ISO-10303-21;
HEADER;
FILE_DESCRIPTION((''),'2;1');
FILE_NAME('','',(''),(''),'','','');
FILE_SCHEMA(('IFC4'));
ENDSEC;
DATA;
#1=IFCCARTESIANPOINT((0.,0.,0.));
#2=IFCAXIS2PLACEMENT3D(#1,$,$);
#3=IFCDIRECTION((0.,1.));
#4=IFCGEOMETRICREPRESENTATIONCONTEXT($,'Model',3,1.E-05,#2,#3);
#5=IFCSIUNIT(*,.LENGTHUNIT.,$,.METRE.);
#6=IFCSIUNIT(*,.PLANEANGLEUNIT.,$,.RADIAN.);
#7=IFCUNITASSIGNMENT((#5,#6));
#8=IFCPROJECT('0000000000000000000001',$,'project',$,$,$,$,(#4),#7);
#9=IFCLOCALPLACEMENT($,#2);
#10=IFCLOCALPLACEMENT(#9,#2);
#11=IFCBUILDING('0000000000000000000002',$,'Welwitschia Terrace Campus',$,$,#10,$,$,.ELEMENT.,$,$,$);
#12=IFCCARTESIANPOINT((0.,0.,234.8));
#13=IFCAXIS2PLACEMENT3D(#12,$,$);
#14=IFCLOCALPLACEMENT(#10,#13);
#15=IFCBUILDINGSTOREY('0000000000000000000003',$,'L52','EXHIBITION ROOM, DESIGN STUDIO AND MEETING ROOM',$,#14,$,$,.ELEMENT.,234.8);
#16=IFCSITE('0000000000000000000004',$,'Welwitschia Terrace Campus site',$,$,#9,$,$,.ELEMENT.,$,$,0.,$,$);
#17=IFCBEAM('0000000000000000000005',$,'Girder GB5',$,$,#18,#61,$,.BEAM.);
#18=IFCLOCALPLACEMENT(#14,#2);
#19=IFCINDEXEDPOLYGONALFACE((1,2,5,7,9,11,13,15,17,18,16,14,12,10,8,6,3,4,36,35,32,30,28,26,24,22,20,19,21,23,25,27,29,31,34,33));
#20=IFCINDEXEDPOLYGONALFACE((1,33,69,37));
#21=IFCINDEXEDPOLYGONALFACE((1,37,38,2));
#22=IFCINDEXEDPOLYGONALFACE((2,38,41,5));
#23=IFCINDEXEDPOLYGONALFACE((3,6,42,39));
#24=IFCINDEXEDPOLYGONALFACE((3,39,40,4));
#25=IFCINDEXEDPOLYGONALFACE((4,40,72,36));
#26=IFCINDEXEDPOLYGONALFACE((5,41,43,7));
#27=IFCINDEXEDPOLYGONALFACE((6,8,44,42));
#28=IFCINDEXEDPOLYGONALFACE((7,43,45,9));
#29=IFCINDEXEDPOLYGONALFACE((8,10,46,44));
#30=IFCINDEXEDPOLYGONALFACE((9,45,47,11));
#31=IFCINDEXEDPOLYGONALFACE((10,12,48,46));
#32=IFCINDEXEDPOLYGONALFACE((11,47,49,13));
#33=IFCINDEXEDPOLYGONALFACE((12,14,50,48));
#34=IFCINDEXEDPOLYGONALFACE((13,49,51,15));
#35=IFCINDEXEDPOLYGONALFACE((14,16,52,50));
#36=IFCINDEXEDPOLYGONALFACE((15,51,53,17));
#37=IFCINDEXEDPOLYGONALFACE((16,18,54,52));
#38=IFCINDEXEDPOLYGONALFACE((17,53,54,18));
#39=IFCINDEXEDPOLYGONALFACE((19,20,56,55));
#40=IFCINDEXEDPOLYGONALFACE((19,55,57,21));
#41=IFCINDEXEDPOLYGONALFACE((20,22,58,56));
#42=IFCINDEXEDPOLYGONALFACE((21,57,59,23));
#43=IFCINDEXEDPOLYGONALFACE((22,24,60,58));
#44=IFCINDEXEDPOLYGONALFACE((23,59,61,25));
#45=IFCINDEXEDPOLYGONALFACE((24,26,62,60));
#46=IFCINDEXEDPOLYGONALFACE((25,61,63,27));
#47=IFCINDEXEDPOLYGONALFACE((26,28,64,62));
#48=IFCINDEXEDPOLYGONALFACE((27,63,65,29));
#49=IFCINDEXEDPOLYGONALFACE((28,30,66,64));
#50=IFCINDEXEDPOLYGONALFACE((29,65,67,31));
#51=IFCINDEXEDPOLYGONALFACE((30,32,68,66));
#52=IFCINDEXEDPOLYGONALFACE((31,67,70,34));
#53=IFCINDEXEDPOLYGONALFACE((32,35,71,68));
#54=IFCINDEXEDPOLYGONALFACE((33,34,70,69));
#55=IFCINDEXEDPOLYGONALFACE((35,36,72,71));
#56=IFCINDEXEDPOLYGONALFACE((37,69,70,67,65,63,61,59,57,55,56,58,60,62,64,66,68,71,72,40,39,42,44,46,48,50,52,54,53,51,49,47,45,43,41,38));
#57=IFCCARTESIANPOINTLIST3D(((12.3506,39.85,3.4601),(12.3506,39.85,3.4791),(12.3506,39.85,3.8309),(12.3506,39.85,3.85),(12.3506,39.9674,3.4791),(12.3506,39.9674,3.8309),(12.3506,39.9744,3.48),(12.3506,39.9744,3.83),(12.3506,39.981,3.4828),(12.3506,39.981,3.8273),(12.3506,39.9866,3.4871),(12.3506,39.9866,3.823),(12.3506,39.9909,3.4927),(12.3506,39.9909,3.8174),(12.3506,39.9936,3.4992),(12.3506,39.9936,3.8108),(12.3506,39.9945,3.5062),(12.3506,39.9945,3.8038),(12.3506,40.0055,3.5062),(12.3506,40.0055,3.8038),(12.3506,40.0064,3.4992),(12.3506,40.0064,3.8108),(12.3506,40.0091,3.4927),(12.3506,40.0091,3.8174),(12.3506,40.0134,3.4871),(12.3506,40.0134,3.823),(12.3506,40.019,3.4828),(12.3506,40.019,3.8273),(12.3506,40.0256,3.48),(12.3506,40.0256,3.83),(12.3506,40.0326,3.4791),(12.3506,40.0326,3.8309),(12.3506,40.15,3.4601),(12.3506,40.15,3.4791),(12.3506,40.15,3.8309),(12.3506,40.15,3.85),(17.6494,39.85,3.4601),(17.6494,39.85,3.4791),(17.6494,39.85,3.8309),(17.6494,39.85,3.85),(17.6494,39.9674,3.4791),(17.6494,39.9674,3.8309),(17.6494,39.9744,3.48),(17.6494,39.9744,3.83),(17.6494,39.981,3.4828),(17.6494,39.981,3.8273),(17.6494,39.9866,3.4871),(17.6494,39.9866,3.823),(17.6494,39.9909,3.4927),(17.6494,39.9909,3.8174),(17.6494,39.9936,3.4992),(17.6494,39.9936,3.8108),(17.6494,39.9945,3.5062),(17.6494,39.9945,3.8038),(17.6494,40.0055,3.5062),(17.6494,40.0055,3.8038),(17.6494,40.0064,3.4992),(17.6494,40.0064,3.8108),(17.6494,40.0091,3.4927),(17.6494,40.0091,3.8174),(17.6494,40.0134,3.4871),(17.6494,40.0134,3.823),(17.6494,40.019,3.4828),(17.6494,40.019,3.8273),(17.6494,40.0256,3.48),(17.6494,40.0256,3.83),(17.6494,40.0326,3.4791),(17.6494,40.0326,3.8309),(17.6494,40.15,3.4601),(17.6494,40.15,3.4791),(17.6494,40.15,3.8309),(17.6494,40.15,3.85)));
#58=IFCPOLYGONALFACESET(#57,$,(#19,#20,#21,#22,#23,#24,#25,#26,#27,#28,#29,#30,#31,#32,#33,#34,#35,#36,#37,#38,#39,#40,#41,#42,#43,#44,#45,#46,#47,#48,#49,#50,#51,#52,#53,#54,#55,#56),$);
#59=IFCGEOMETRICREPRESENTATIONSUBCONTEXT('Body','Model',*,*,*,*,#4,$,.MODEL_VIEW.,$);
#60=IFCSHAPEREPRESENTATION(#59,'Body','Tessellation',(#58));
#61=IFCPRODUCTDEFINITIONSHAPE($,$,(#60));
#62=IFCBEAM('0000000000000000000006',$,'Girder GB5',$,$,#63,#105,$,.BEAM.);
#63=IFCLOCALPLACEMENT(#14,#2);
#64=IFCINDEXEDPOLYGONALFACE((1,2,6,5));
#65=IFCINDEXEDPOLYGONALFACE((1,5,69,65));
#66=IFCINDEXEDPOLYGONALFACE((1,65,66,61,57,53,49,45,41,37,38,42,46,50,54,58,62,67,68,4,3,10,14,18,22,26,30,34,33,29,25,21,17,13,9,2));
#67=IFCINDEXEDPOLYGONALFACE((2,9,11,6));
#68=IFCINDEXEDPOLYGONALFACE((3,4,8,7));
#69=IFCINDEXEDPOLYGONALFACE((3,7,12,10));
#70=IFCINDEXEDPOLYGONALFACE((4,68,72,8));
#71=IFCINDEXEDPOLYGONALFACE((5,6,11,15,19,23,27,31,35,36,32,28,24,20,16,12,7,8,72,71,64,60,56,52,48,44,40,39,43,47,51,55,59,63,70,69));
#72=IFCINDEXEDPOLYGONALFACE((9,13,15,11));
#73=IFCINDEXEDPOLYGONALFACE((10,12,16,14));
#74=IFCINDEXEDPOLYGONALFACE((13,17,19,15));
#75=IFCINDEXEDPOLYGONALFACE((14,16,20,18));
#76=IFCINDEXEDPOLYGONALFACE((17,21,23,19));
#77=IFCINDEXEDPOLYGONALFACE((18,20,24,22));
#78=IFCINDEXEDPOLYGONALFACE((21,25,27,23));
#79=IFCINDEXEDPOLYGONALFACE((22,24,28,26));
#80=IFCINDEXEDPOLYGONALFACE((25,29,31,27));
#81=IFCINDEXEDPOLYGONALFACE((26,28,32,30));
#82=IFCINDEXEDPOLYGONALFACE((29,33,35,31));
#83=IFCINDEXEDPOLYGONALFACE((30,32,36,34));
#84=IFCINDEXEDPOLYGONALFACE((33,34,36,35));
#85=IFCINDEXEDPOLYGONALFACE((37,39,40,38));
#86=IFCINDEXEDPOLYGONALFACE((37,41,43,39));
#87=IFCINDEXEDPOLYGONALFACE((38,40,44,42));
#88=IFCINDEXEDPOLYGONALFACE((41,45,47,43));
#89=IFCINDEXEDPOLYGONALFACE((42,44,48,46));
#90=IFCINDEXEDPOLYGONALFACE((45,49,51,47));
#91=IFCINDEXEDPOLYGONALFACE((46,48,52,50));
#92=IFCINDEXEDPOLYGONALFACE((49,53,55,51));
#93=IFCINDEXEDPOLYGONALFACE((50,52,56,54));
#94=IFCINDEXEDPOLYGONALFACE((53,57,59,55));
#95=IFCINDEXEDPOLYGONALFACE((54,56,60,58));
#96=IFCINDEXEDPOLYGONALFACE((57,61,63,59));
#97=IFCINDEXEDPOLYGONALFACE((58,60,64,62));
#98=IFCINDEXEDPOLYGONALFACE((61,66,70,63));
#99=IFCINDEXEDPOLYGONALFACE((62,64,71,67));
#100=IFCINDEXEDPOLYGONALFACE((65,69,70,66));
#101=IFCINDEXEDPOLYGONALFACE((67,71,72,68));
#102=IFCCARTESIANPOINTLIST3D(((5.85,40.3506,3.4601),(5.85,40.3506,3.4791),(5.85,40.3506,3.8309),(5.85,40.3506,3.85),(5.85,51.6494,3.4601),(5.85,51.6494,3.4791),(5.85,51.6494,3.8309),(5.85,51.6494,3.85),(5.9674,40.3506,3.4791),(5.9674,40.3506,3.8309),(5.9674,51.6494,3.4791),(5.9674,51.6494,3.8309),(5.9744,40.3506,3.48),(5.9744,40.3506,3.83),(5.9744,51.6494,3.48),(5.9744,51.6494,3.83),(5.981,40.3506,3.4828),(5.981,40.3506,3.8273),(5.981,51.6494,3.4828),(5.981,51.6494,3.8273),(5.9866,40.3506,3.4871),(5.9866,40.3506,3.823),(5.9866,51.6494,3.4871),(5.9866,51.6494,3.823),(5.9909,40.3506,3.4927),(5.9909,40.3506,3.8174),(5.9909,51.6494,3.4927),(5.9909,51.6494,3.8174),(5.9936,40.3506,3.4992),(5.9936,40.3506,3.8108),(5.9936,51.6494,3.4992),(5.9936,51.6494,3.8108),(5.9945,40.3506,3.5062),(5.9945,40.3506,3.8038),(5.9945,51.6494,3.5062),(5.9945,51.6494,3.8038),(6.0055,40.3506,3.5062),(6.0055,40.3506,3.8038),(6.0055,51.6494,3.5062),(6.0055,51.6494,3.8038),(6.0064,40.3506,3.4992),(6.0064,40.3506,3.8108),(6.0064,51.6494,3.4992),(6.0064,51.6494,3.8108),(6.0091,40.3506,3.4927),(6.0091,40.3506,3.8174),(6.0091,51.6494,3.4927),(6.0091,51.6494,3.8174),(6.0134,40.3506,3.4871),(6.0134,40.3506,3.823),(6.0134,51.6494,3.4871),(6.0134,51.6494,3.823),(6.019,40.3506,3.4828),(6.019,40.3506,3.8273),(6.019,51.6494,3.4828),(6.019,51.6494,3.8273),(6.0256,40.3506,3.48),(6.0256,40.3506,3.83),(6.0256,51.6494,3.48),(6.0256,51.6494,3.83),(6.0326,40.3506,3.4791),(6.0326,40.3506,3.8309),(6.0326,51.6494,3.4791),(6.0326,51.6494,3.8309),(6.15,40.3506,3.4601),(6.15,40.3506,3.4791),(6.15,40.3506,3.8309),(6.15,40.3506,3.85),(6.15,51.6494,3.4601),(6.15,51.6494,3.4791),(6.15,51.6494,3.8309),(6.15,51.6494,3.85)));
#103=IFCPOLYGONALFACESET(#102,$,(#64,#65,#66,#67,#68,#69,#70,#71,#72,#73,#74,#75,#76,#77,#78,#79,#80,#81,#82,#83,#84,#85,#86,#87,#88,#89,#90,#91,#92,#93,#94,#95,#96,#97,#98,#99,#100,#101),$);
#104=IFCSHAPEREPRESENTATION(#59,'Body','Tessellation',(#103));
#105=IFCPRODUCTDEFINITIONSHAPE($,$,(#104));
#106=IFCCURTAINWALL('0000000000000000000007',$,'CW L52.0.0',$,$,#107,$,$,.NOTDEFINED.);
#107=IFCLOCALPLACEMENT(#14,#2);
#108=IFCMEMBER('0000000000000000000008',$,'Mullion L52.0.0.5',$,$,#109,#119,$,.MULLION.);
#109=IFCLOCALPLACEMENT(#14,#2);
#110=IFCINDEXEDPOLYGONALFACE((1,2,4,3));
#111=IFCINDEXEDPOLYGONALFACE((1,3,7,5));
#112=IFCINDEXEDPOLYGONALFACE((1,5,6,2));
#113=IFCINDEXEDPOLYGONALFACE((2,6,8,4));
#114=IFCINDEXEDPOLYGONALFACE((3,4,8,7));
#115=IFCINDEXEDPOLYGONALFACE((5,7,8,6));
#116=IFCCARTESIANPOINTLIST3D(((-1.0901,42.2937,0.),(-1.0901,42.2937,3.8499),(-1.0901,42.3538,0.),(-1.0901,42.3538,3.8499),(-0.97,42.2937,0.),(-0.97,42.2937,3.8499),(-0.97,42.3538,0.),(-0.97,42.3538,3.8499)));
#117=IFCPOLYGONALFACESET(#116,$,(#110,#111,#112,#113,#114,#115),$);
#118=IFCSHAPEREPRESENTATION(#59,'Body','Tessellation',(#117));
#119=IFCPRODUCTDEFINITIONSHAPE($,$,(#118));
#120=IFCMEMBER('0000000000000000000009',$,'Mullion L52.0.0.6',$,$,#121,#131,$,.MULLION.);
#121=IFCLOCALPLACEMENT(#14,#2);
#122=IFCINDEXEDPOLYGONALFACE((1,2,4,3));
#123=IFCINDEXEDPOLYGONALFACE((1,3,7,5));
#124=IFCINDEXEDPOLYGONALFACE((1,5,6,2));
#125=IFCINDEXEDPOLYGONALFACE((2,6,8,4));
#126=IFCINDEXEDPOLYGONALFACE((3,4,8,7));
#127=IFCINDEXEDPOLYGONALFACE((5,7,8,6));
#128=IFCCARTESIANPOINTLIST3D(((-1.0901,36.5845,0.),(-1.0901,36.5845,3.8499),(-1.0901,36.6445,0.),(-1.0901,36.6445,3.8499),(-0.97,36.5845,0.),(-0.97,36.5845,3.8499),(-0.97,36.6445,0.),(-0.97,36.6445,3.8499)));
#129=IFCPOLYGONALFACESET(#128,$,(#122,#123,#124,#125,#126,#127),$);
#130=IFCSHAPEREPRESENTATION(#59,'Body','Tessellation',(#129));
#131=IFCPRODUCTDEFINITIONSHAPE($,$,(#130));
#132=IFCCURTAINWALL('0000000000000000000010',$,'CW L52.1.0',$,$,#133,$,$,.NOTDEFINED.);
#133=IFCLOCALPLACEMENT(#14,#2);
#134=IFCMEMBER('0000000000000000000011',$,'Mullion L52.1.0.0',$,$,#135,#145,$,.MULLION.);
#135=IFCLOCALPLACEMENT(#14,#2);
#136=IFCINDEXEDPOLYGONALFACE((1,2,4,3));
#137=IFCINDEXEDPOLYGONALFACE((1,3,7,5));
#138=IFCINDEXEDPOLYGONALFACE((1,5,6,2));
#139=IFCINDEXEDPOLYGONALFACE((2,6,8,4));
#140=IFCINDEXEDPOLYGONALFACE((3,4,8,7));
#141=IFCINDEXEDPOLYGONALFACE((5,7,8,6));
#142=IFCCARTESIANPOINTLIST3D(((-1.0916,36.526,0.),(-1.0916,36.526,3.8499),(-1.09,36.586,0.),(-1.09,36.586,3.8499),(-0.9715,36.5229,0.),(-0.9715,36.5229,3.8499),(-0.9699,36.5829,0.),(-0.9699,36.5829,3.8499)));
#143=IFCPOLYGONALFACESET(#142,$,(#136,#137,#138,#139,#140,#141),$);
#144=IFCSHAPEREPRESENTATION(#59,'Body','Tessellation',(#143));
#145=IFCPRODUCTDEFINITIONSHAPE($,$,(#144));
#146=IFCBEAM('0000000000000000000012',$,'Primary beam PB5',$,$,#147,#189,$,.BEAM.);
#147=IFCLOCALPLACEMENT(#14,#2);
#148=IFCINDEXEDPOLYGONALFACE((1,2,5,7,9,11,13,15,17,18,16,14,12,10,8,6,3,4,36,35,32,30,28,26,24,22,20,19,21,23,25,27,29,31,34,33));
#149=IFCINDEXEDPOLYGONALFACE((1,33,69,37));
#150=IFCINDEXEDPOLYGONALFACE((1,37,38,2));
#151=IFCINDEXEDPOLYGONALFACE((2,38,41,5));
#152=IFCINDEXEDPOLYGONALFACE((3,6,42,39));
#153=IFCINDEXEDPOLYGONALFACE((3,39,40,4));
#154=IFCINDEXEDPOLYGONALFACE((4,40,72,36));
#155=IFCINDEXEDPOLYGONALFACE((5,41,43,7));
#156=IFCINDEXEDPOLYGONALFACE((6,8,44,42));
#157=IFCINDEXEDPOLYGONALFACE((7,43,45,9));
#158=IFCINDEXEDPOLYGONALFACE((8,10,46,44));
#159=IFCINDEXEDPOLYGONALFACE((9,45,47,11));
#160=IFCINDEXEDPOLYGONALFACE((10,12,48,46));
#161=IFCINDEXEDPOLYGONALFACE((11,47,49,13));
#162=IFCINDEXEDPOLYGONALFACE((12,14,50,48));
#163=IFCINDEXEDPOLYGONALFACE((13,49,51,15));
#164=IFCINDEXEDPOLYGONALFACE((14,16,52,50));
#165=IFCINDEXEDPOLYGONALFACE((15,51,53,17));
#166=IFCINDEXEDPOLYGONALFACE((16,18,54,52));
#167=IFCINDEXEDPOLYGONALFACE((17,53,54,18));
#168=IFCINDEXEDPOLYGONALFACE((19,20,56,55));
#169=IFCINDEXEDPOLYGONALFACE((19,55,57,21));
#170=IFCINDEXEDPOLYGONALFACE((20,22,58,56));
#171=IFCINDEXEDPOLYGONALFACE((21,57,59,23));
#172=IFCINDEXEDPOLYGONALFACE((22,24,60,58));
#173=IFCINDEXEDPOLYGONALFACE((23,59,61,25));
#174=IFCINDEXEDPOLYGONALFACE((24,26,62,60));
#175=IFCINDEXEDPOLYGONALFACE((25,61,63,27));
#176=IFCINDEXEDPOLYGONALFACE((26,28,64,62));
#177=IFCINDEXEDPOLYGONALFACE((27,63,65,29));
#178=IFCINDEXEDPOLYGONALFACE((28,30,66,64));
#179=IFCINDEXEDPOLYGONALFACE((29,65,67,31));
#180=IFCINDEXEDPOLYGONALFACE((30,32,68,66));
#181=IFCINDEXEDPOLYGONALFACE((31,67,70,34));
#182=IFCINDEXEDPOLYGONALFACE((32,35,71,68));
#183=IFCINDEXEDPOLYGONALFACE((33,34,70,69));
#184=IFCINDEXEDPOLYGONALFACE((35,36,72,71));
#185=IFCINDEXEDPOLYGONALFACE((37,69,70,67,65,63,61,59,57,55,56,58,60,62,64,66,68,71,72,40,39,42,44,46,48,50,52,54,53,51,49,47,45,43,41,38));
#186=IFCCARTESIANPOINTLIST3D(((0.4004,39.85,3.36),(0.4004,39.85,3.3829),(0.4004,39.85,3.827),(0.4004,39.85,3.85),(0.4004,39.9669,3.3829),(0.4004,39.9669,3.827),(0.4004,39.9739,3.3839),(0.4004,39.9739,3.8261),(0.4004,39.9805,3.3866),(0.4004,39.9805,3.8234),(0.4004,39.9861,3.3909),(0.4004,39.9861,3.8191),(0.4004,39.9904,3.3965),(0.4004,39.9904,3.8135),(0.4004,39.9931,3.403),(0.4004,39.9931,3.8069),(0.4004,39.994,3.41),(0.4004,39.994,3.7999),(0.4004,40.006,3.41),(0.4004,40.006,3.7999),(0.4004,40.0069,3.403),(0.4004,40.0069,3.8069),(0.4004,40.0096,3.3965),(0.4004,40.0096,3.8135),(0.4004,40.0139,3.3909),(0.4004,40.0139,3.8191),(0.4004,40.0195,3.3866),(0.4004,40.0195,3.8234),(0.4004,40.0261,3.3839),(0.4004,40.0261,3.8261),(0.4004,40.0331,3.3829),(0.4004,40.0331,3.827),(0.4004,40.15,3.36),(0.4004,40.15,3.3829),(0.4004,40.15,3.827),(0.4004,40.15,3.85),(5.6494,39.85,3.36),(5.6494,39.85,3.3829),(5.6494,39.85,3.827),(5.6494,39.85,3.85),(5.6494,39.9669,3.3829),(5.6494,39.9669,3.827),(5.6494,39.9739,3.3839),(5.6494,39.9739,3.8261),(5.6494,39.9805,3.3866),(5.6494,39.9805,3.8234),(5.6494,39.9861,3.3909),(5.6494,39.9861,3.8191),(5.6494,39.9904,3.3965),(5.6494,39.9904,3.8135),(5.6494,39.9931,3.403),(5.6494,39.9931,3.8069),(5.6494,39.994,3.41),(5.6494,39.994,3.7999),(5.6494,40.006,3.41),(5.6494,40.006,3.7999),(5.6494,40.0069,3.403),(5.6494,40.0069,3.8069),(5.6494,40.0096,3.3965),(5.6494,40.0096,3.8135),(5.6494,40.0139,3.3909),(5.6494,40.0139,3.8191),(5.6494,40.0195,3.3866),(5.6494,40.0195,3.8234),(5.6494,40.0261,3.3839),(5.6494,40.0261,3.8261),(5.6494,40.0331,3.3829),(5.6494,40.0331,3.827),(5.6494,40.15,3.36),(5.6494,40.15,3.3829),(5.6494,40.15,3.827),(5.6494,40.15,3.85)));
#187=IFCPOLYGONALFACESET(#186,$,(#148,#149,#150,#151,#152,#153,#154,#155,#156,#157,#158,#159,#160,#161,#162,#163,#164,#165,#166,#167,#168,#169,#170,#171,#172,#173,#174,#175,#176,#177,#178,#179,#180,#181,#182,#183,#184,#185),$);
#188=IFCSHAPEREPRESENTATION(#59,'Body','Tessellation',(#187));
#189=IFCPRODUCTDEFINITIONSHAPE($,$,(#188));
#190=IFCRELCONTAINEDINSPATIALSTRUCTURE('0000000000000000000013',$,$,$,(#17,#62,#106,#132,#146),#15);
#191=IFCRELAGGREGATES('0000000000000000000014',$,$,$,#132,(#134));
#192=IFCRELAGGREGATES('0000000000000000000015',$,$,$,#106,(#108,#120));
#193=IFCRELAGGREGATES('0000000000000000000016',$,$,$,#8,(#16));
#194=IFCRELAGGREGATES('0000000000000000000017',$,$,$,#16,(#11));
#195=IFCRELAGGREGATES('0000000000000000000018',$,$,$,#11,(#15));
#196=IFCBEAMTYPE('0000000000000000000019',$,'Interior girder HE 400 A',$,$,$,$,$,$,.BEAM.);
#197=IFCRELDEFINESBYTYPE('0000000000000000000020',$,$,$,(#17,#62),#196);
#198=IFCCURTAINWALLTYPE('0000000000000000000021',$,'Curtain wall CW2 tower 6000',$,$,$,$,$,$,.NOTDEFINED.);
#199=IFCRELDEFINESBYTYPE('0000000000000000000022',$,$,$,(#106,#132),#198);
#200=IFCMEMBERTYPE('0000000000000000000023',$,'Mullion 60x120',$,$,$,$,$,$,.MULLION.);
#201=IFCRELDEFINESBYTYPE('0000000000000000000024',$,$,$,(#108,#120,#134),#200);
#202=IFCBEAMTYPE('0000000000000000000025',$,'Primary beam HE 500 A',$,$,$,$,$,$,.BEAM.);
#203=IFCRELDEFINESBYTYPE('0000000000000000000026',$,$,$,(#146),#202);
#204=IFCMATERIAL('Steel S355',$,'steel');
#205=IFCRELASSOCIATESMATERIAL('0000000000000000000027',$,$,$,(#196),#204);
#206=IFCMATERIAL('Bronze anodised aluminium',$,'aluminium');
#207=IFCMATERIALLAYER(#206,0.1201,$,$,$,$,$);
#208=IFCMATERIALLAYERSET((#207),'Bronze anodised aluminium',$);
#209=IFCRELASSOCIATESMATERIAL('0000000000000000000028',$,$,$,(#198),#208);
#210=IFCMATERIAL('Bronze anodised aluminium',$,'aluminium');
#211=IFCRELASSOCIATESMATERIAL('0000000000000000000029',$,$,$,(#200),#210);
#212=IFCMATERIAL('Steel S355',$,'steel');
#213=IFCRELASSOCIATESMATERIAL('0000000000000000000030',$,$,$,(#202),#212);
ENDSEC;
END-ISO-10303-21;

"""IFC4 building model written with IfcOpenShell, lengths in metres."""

from ifc_helpers import new_model, si_unit, direction, frame, origin, origin_2d, place, context, subcontext, project, spatial, rectangle, i_section, extrude, material, layer, layer_set, material_profile, profile_set, type_object, element, aggregate, save


model = new_model("IFC4")

# Units and contexts
model_context = context("Model", 3, precision=1e-05, world=origin(), true_north=direction((0.0, 1.0)))
body_context = subcontext(model_context, "Body", "Model", "MODEL_VIEW")
ifc_project = project(units=[si_unit("LENGTHUNIT", "METRE"), si_unit("PLANEANGLEUNIT", "RADIAN")], contexts=[model_context])

# Site, building, storey
site_placement = place(None, origin())
site = spatial("IfcSite", under=ifc_project, at=site_placement, Name="Welwitschia Terrace Campus site", CompositionType="ELEMENT", RefElevation=0.0)
building_placement = place(site_placement, origin())
building = spatial("IfcBuilding", under=site, at=building_placement, Name="Welwitschia Terrace Campus", CompositionType="ELEMENT")
storey_placement = place(building_placement, frame((0.0, 0.0, 234.8)))
storey = spatial("IfcBuildingStorey", under=building, at=storey_placement, Name="L52", Description="EXHIBITION ROOM, DESIGN STUDIO AND MEETING ROOM", CompositionType="ELEMENT", Elevation=234.8)

# Beams
ifc_material_1 = material(Name="Steel S355", Category="steel")
ifc_material_profile_1 = material_profile(ifc_material_1, i_section(OverallWidth=0.3, OverallDepth=0.3899, WebThickness=0.011, FlangeThickness=0.019, FilletRadius=0.0271, at=origin_2d()))
ifc_profile_set_1 = profile_set([ifc_material_profile_1], Name="Steel S355")
beam_type_1 = type_object("IfcBeamType", Name="Interior girder HE 400 A", PredefinedType="BEAM", material=ifc_profile_set_1)
for number, where, z_axis, x_axis, name in (
    (1, (12.3506, 40.0, 3.655), (1.0, 0.0, 0.0), (0.0, 1.0, 0.0), "Girder GB5"),
):
    element("IfcBeam", number, at=place(storey_placement, frame(where, z_axis=z_axis, x_axis=x_axis)), inside=storey, type_object=beam_type_1, Name=name, PredefinedType="BEAM", context=body_context, shape_type="SweptSolid", body=[
        extrude(i_section(OverallWidth=0.3, OverallDepth=0.3899, WebThickness=0.011, FlangeThickness=0.019, FilletRadius=0.0271, at=origin_2d()), origin(), (0.0, 0.0, 1.0), 5.2988),
    ])
beam_1_placement = place(storey_placement, frame((6.0, 40.3506, 3.655), z_axis=(0.0, 1.0, 0.0), x_axis=(-1.0, 0.0, 0.0)))
element("IfcBeam", 2, at=beam_1_placement, inside=storey, type_object=beam_type_1, Name="Girder GB5", PredefinedType="BEAM", context=body_context, shape_type="SweptSolid", body=[
    extrude(i_section(OverallWidth=0.3, OverallDepth=0.3899, WebThickness=0.011, FlangeThickness=0.019, FilletRadius=0.0271, at=origin_2d()), origin(), (0.0, 0.0, 1.0), 11.2988),
])

# Curtain wall, members
ifc_material_2 = material(Name="Bronze anodised aluminium", Category="aluminium")
ifc_layer_1 = layer(ifc_material_2, 0.1201)
ifc_layer_set_1 = layer_set([ifc_layer_1], Name="Bronze anodised aluminium")
curtain_wall_type = type_object("IfcCurtainWallType", Name="Curtain wall CW2 tower 6000", PredefinedType="NOTDEFINED", material=ifc_layer_set_1)
curtain_wall_1_placement = place(storey_placement, origin())
curtain_wall_1 = element("IfcCurtainWall", 3, at=curtain_wall_1_placement, inside=storey, type_object=curtain_wall_type, Name="CW L52.0.0", PredefinedType="NOTDEFINED")
ifc_material_3 = material(Name="Bronze anodised aluminium", Category="aluminium")
ifc_material_profile_2 = material_profile(ifc_material_3, rectangle(XDim=0.1201, YDim=0.0601, at=origin_2d()))
ifc_profile_set_2 = profile_set([ifc_material_profile_2], Name="Bronze anodised aluminium")
member_type_1 = type_object("IfcMemberType", Name="Mullion 60x120", PredefinedType="MULLION", material=ifc_profile_set_2)
member_1_placement = place(storey_placement, frame((-1.03, 42.3237, 0.0), z_axis=(0.0, 0.0, 1.0), x_axis=(1.0, 0.0, 0.0)))
member_1 = element("IfcMember", 4, at=member_1_placement, type_object=member_type_1, Name="Mullion L52.0.0.5", PredefinedType="MULLION", context=body_context, shape_type="SweptSolid", body=[
    extrude(rectangle(XDim=0.1201, YDim=0.0601, at=origin_2d()), origin(), (0.0, 0.0, 1.0), 3.8499),
])
member_2_placement = place(storey_placement, frame((-1.03, 36.6145, 0.0), z_axis=(0.0, 0.0, 1.0), x_axis=(1.0, 0.0, 0.0)))
member_2 = element("IfcMember", 5, at=member_2_placement, type_object=member_type_1, Name="Mullion L52.0.0.6", PredefinedType="MULLION", context=body_context, shape_type="SweptSolid", body=[
    extrude(rectangle(XDim=0.1201, YDim=0.0601, at=origin_2d()), origin(), (0.0, 0.0, 1.0), 3.8499),
])

# Curtain wall, member
curtain_wall_2_placement = place(storey_placement, origin())
curtain_wall_2 = element("IfcCurtainWall", 6, at=curtain_wall_2_placement, inside=storey, type_object=curtain_wall_type, Name="CW L52.1.0", PredefinedType="NOTDEFINED")
member_3_placement = place(storey_placement, frame((-1.0308, 36.5544, 0.0), z_axis=(0.0, 0.0, 1.0), x_axis=(0.999657, -0.026177, 0.0)))
member_3 = element("IfcMember", 7, at=member_3_placement, type_object=member_type_1, Name="Mullion L52.1.0.0", PredefinedType="MULLION", context=body_context, shape_type="SweptSolid", body=[
    extrude(rectangle(XDim=0.1201, YDim=0.0601, at=origin_2d()), origin(), (0.0, 0.0, 1.0), 3.8499),
])

# Beam
ifc_material_4 = material(Name="Steel S355", Category="steel")
ifc_material_profile_3 = material_profile(ifc_material_4, i_section(OverallWidth=0.3, OverallDepth=0.49, WebThickness=0.012, FlangeThickness=0.0229, FilletRadius=0.0271, at=origin_2d()))
ifc_profile_set_3 = profile_set([ifc_material_profile_3], Name="Steel S355")
beam_type_2 = type_object("IfcBeamType", Name="Primary beam HE 500 A", PredefinedType="BEAM", material=ifc_profile_set_3)
beam_2_placement = place(storey_placement, frame((0.4004, 40.0, 3.605), z_axis=(1.0, 0.0, 0.0), x_axis=(0.0, 1.0, 0.0)))
element("IfcBeam", 8, at=beam_2_placement, inside=storey, type_object=beam_type_2, Name="Primary beam PB5", PredefinedType="BEAM", context=body_context, shape_type="SweptSolid", body=[
    extrude(i_section(OverallWidth=0.3, OverallDepth=0.49, WebThickness=0.012, FlangeThickness=0.0229, FilletRadius=0.0271, at=origin_2d()), origin(), (0.0, 0.0, 1.0), 5.249),
])

aggregate(curtain_wall_2, [member_3])

aggregate(curtain_wall_1, [member_1, member_2])

save(model, "model.ifc")
